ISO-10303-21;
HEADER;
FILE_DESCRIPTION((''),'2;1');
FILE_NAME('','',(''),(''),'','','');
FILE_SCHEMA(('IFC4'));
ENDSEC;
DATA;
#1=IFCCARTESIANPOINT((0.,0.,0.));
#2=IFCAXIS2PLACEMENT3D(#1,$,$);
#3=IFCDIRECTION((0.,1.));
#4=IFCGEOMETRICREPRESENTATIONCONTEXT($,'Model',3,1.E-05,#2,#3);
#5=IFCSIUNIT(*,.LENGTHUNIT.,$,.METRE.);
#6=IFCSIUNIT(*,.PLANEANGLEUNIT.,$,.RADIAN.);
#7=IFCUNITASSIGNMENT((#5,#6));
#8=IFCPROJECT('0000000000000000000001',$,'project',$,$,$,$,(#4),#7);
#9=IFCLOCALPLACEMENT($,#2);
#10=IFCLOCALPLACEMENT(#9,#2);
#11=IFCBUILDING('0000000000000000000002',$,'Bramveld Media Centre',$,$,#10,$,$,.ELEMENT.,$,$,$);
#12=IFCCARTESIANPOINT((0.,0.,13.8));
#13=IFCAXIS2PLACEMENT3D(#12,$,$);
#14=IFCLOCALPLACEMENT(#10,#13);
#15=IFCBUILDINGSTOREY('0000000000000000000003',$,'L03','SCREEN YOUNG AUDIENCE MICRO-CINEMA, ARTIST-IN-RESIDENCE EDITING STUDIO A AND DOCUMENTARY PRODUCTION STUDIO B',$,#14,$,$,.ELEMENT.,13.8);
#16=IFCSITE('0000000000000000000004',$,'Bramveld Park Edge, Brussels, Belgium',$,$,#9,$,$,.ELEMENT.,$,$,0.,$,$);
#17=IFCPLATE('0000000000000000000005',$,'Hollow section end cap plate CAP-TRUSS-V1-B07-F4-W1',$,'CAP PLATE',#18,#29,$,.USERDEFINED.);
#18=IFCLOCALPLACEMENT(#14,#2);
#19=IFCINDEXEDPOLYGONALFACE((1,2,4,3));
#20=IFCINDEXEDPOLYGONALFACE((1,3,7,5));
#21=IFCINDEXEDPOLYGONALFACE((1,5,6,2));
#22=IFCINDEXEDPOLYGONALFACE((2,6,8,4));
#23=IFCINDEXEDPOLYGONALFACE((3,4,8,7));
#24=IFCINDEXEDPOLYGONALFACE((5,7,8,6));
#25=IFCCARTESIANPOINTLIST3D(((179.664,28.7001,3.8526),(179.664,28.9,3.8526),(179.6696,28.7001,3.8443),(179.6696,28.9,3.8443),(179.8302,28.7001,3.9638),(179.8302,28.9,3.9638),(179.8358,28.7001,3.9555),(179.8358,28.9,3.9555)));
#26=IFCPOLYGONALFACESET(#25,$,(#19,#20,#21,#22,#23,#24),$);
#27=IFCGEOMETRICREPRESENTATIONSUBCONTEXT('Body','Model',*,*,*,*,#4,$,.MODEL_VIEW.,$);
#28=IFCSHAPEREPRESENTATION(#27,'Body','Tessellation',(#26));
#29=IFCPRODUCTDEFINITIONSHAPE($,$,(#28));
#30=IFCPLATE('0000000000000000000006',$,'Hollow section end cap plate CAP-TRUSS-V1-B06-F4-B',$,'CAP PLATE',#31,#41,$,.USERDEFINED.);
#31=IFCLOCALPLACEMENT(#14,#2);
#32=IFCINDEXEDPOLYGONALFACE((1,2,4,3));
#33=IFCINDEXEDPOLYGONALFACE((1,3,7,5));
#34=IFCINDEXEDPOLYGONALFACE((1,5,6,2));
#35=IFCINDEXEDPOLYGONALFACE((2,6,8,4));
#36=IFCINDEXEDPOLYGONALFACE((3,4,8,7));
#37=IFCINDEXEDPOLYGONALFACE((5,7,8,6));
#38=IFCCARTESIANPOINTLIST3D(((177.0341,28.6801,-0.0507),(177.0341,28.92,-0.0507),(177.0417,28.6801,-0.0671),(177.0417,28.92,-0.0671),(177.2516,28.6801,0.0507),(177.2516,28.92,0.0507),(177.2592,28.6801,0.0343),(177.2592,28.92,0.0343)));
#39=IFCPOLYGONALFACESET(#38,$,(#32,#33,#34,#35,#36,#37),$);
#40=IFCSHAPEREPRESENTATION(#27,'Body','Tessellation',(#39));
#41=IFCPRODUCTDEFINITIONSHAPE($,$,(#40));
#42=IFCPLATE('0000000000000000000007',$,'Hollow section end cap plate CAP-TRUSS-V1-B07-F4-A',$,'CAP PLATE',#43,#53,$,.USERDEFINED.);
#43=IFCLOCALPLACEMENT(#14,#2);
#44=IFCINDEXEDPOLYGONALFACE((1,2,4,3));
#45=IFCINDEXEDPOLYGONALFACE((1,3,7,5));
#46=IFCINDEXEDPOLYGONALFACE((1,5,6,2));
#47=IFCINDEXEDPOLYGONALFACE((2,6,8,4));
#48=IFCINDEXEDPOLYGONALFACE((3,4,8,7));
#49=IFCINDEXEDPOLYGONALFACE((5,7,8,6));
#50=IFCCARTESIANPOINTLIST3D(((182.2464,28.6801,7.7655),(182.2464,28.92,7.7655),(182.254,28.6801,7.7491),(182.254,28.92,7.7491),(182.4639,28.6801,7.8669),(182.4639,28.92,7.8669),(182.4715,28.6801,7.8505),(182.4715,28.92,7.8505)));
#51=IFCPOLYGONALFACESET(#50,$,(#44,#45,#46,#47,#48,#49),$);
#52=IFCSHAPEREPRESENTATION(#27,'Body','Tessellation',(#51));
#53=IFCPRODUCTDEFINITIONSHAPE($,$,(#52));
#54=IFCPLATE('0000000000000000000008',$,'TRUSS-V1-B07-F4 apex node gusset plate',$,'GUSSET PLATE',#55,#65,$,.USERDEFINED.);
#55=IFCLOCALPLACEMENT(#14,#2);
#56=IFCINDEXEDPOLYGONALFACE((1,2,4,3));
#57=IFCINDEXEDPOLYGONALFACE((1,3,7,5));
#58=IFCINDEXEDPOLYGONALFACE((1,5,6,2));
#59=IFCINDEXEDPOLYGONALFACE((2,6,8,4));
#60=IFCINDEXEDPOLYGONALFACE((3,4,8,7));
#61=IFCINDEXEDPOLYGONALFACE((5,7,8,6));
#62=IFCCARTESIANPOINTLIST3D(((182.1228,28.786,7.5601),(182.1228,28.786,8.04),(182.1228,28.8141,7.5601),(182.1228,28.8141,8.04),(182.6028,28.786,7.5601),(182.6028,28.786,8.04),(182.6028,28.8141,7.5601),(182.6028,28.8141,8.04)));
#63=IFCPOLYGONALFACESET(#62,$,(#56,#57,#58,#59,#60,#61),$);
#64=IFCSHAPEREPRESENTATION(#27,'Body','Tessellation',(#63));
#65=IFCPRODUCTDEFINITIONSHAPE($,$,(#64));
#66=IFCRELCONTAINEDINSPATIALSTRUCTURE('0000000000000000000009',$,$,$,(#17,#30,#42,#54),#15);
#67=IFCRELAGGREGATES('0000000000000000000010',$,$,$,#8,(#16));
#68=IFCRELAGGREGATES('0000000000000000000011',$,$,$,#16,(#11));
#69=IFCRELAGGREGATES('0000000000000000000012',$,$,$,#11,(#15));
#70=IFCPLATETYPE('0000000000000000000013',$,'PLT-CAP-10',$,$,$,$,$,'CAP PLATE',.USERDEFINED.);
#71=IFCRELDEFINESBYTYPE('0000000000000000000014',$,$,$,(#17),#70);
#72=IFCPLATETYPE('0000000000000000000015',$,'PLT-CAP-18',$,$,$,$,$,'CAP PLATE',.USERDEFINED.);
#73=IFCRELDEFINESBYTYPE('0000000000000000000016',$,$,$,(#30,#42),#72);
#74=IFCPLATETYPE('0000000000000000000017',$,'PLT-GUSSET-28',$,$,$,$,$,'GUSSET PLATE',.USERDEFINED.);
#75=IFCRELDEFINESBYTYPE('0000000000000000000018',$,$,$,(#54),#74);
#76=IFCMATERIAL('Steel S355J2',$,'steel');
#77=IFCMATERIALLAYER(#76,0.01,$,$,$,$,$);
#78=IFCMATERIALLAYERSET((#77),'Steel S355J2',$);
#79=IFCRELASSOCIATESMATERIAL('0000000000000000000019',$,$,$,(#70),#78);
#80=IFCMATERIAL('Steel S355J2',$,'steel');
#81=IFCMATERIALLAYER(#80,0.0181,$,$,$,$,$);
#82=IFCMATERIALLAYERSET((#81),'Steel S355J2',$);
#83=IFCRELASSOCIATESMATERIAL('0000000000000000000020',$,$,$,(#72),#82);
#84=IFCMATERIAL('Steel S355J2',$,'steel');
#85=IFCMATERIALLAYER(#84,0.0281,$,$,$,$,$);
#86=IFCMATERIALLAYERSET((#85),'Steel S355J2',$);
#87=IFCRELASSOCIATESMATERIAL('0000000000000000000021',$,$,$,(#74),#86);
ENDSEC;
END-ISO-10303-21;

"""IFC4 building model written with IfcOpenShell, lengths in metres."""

from ifc_helpers import new_model, si_unit, direction, frame, origin, origin_2d, place, context, subcontext, project, spatial, rectangle, extrude, material, layer, layer_set, type_object, element, save


model = new_model("IFC4")

# Units and contexts
model_context = context("Model", 3, precision=1e-05, world=origin(), true_north=direction((0.0, 1.0)))
body_context = subcontext(model_context, "Body", "Model", "MODEL_VIEW")
ifc_project = project(units=[si_unit("LENGTHUNIT", "METRE"), si_unit("PLANEANGLEUNIT", "RADIAN")], contexts=[model_context])

# Site, building, storey
site_placement = place(None, origin())
site = spatial("IfcSite", under=ifc_project, at=site_placement, Name="Bramveld Park Edge, Brussels, Belgium", CompositionType="ELEMENT", RefElevation=0.0)
building_placement = place(site_placement, origin())
building = spatial("IfcBuilding", under=site, at=building_placement, Name="Bramveld Media Centre", CompositionType="ELEMENT")
storey_placement = place(building_placement, frame((0.0, 0.0, 13.8)))
storey = spatial("IfcBuildingStorey", under=building, at=storey_placement, Name="L03", Description="SCREEN YOUNG AUDIENCE MICRO-CINEMA, ARTIST-IN-RESIDENCE EDITING STUDIO A AND DOCUMENTARY PRODUCTION STUDIO B", CompositionType="ELEMENT", Elevation=13.8)

# Plates
ifc_material_1 = material(Name="Steel S355J2", Category="steel")
ifc_layer_1 = layer(ifc_material_1, 0.01)
ifc_layer_set_1 = layer_set([ifc_layer_1], Name="Steel S355J2")
plate_type_1 = type_object("IfcPlateType", Name="PLT-CAP-10", ElementType="CAP PLATE", PredefinedType="USERDEFINED", material=ifc_layer_set_1)
for number, where, z_axis, x_axis, name in (
    (1, (179.7527, 28.8, 3.8999), (-0.556175, 0.0, 0.831065), (0.0, -1.0, 0.0), "Hollow section end cap plate CAP-TRUSS-V1-B07-F4-W1"),
):
    element("IfcPlate", number, at=place(storey_placement, frame(where, z_axis=z_axis, x_axis=x_axis)), inside=storey, type_object=plate_type_1, Name=name, ObjectType="CAP PLATE", PredefinedType="USERDEFINED", context=body_context, shape_type="SweptSolid", body=[
        extrude(rectangle(XDim=0.2, YDim=0.2, at=origin_2d()), origin(), (0.0, 0.0, 1.0), 0.01),
    ])
ifc_material_2 = material(Name="Steel S355J2", Category="steel")
ifc_layer_2 = layer(ifc_material_2, 0.0181)
ifc_layer_set_2 = layer_set([ifc_layer_2], Name="Steel S355J2")
plate_type_2 = type_object("IfcPlateType", Name="PLT-CAP-18", ElementType="CAP PLATE", PredefinedType="USERDEFINED", material=ifc_layer_set_2)
for number, where, z_axis, x_axis, name in (
    (2, (177.1428, 28.8, 0.0), (0.422628, 0.0, -0.906303), (0.0, 1.0, 0.0), "Hollow section end cap plate CAP-TRUSS-V1-B06-F4-B"),
    (3, (182.3628, 28.8, 7.7998), (-0.422618, 0.0, 0.906308), (0.0, -1.0, 0.0), "Hollow section end cap plate CAP-TRUSS-V1-B07-F4-A"),
):
    element("IfcPlate", number, at=place(storey_placement, frame(where, z_axis=z_axis, x_axis=x_axis)), inside=storey, type_object=plate_type_2, Name=name, ObjectType="CAP PLATE", PredefinedType="USERDEFINED", context=body_context, shape_type="SweptSolid", body=[
        extrude(rectangle(XDim=0.24, YDim=0.24, at=origin_2d()), origin(), (0.0, 0.0, 1.0), 0.0181),
    ])
ifc_material_3 = material(Name="Steel S355J2", Category="steel")
ifc_layer_3 = layer(ifc_material_3, 0.0281)
ifc_layer_set_3 = layer_set([ifc_layer_3], Name="Steel S355J2")
plate_type_3 = type_object("IfcPlateType", Name="PLT-GUSSET-28", ElementType="GUSSET PLATE", PredefinedType="USERDEFINED", material=ifc_layer_set_3)
plate_1_placement = place(storey_placement, frame((182.3628, 28.8, 7.5601), z_axis=(0.0, 0.0, 1.0), x_axis=(1.0, 0.0, 0.0)))
element("IfcPlate", 4, at=plate_1_placement, inside=storey, type_object=plate_type_3, Name="TRUSS-V1-B07-F4 apex node gusset plate", ObjectType="GUSSET PLATE", PredefinedType="USERDEFINED", context=body_context, shape_type="SweptSolid", body=[
    extrude(rectangle(XDim=0.48, YDim=0.0281, at=origin_2d()), origin(), (0.0, 0.0, 1.0), 0.48),
])

save(model, "model.ifc")
